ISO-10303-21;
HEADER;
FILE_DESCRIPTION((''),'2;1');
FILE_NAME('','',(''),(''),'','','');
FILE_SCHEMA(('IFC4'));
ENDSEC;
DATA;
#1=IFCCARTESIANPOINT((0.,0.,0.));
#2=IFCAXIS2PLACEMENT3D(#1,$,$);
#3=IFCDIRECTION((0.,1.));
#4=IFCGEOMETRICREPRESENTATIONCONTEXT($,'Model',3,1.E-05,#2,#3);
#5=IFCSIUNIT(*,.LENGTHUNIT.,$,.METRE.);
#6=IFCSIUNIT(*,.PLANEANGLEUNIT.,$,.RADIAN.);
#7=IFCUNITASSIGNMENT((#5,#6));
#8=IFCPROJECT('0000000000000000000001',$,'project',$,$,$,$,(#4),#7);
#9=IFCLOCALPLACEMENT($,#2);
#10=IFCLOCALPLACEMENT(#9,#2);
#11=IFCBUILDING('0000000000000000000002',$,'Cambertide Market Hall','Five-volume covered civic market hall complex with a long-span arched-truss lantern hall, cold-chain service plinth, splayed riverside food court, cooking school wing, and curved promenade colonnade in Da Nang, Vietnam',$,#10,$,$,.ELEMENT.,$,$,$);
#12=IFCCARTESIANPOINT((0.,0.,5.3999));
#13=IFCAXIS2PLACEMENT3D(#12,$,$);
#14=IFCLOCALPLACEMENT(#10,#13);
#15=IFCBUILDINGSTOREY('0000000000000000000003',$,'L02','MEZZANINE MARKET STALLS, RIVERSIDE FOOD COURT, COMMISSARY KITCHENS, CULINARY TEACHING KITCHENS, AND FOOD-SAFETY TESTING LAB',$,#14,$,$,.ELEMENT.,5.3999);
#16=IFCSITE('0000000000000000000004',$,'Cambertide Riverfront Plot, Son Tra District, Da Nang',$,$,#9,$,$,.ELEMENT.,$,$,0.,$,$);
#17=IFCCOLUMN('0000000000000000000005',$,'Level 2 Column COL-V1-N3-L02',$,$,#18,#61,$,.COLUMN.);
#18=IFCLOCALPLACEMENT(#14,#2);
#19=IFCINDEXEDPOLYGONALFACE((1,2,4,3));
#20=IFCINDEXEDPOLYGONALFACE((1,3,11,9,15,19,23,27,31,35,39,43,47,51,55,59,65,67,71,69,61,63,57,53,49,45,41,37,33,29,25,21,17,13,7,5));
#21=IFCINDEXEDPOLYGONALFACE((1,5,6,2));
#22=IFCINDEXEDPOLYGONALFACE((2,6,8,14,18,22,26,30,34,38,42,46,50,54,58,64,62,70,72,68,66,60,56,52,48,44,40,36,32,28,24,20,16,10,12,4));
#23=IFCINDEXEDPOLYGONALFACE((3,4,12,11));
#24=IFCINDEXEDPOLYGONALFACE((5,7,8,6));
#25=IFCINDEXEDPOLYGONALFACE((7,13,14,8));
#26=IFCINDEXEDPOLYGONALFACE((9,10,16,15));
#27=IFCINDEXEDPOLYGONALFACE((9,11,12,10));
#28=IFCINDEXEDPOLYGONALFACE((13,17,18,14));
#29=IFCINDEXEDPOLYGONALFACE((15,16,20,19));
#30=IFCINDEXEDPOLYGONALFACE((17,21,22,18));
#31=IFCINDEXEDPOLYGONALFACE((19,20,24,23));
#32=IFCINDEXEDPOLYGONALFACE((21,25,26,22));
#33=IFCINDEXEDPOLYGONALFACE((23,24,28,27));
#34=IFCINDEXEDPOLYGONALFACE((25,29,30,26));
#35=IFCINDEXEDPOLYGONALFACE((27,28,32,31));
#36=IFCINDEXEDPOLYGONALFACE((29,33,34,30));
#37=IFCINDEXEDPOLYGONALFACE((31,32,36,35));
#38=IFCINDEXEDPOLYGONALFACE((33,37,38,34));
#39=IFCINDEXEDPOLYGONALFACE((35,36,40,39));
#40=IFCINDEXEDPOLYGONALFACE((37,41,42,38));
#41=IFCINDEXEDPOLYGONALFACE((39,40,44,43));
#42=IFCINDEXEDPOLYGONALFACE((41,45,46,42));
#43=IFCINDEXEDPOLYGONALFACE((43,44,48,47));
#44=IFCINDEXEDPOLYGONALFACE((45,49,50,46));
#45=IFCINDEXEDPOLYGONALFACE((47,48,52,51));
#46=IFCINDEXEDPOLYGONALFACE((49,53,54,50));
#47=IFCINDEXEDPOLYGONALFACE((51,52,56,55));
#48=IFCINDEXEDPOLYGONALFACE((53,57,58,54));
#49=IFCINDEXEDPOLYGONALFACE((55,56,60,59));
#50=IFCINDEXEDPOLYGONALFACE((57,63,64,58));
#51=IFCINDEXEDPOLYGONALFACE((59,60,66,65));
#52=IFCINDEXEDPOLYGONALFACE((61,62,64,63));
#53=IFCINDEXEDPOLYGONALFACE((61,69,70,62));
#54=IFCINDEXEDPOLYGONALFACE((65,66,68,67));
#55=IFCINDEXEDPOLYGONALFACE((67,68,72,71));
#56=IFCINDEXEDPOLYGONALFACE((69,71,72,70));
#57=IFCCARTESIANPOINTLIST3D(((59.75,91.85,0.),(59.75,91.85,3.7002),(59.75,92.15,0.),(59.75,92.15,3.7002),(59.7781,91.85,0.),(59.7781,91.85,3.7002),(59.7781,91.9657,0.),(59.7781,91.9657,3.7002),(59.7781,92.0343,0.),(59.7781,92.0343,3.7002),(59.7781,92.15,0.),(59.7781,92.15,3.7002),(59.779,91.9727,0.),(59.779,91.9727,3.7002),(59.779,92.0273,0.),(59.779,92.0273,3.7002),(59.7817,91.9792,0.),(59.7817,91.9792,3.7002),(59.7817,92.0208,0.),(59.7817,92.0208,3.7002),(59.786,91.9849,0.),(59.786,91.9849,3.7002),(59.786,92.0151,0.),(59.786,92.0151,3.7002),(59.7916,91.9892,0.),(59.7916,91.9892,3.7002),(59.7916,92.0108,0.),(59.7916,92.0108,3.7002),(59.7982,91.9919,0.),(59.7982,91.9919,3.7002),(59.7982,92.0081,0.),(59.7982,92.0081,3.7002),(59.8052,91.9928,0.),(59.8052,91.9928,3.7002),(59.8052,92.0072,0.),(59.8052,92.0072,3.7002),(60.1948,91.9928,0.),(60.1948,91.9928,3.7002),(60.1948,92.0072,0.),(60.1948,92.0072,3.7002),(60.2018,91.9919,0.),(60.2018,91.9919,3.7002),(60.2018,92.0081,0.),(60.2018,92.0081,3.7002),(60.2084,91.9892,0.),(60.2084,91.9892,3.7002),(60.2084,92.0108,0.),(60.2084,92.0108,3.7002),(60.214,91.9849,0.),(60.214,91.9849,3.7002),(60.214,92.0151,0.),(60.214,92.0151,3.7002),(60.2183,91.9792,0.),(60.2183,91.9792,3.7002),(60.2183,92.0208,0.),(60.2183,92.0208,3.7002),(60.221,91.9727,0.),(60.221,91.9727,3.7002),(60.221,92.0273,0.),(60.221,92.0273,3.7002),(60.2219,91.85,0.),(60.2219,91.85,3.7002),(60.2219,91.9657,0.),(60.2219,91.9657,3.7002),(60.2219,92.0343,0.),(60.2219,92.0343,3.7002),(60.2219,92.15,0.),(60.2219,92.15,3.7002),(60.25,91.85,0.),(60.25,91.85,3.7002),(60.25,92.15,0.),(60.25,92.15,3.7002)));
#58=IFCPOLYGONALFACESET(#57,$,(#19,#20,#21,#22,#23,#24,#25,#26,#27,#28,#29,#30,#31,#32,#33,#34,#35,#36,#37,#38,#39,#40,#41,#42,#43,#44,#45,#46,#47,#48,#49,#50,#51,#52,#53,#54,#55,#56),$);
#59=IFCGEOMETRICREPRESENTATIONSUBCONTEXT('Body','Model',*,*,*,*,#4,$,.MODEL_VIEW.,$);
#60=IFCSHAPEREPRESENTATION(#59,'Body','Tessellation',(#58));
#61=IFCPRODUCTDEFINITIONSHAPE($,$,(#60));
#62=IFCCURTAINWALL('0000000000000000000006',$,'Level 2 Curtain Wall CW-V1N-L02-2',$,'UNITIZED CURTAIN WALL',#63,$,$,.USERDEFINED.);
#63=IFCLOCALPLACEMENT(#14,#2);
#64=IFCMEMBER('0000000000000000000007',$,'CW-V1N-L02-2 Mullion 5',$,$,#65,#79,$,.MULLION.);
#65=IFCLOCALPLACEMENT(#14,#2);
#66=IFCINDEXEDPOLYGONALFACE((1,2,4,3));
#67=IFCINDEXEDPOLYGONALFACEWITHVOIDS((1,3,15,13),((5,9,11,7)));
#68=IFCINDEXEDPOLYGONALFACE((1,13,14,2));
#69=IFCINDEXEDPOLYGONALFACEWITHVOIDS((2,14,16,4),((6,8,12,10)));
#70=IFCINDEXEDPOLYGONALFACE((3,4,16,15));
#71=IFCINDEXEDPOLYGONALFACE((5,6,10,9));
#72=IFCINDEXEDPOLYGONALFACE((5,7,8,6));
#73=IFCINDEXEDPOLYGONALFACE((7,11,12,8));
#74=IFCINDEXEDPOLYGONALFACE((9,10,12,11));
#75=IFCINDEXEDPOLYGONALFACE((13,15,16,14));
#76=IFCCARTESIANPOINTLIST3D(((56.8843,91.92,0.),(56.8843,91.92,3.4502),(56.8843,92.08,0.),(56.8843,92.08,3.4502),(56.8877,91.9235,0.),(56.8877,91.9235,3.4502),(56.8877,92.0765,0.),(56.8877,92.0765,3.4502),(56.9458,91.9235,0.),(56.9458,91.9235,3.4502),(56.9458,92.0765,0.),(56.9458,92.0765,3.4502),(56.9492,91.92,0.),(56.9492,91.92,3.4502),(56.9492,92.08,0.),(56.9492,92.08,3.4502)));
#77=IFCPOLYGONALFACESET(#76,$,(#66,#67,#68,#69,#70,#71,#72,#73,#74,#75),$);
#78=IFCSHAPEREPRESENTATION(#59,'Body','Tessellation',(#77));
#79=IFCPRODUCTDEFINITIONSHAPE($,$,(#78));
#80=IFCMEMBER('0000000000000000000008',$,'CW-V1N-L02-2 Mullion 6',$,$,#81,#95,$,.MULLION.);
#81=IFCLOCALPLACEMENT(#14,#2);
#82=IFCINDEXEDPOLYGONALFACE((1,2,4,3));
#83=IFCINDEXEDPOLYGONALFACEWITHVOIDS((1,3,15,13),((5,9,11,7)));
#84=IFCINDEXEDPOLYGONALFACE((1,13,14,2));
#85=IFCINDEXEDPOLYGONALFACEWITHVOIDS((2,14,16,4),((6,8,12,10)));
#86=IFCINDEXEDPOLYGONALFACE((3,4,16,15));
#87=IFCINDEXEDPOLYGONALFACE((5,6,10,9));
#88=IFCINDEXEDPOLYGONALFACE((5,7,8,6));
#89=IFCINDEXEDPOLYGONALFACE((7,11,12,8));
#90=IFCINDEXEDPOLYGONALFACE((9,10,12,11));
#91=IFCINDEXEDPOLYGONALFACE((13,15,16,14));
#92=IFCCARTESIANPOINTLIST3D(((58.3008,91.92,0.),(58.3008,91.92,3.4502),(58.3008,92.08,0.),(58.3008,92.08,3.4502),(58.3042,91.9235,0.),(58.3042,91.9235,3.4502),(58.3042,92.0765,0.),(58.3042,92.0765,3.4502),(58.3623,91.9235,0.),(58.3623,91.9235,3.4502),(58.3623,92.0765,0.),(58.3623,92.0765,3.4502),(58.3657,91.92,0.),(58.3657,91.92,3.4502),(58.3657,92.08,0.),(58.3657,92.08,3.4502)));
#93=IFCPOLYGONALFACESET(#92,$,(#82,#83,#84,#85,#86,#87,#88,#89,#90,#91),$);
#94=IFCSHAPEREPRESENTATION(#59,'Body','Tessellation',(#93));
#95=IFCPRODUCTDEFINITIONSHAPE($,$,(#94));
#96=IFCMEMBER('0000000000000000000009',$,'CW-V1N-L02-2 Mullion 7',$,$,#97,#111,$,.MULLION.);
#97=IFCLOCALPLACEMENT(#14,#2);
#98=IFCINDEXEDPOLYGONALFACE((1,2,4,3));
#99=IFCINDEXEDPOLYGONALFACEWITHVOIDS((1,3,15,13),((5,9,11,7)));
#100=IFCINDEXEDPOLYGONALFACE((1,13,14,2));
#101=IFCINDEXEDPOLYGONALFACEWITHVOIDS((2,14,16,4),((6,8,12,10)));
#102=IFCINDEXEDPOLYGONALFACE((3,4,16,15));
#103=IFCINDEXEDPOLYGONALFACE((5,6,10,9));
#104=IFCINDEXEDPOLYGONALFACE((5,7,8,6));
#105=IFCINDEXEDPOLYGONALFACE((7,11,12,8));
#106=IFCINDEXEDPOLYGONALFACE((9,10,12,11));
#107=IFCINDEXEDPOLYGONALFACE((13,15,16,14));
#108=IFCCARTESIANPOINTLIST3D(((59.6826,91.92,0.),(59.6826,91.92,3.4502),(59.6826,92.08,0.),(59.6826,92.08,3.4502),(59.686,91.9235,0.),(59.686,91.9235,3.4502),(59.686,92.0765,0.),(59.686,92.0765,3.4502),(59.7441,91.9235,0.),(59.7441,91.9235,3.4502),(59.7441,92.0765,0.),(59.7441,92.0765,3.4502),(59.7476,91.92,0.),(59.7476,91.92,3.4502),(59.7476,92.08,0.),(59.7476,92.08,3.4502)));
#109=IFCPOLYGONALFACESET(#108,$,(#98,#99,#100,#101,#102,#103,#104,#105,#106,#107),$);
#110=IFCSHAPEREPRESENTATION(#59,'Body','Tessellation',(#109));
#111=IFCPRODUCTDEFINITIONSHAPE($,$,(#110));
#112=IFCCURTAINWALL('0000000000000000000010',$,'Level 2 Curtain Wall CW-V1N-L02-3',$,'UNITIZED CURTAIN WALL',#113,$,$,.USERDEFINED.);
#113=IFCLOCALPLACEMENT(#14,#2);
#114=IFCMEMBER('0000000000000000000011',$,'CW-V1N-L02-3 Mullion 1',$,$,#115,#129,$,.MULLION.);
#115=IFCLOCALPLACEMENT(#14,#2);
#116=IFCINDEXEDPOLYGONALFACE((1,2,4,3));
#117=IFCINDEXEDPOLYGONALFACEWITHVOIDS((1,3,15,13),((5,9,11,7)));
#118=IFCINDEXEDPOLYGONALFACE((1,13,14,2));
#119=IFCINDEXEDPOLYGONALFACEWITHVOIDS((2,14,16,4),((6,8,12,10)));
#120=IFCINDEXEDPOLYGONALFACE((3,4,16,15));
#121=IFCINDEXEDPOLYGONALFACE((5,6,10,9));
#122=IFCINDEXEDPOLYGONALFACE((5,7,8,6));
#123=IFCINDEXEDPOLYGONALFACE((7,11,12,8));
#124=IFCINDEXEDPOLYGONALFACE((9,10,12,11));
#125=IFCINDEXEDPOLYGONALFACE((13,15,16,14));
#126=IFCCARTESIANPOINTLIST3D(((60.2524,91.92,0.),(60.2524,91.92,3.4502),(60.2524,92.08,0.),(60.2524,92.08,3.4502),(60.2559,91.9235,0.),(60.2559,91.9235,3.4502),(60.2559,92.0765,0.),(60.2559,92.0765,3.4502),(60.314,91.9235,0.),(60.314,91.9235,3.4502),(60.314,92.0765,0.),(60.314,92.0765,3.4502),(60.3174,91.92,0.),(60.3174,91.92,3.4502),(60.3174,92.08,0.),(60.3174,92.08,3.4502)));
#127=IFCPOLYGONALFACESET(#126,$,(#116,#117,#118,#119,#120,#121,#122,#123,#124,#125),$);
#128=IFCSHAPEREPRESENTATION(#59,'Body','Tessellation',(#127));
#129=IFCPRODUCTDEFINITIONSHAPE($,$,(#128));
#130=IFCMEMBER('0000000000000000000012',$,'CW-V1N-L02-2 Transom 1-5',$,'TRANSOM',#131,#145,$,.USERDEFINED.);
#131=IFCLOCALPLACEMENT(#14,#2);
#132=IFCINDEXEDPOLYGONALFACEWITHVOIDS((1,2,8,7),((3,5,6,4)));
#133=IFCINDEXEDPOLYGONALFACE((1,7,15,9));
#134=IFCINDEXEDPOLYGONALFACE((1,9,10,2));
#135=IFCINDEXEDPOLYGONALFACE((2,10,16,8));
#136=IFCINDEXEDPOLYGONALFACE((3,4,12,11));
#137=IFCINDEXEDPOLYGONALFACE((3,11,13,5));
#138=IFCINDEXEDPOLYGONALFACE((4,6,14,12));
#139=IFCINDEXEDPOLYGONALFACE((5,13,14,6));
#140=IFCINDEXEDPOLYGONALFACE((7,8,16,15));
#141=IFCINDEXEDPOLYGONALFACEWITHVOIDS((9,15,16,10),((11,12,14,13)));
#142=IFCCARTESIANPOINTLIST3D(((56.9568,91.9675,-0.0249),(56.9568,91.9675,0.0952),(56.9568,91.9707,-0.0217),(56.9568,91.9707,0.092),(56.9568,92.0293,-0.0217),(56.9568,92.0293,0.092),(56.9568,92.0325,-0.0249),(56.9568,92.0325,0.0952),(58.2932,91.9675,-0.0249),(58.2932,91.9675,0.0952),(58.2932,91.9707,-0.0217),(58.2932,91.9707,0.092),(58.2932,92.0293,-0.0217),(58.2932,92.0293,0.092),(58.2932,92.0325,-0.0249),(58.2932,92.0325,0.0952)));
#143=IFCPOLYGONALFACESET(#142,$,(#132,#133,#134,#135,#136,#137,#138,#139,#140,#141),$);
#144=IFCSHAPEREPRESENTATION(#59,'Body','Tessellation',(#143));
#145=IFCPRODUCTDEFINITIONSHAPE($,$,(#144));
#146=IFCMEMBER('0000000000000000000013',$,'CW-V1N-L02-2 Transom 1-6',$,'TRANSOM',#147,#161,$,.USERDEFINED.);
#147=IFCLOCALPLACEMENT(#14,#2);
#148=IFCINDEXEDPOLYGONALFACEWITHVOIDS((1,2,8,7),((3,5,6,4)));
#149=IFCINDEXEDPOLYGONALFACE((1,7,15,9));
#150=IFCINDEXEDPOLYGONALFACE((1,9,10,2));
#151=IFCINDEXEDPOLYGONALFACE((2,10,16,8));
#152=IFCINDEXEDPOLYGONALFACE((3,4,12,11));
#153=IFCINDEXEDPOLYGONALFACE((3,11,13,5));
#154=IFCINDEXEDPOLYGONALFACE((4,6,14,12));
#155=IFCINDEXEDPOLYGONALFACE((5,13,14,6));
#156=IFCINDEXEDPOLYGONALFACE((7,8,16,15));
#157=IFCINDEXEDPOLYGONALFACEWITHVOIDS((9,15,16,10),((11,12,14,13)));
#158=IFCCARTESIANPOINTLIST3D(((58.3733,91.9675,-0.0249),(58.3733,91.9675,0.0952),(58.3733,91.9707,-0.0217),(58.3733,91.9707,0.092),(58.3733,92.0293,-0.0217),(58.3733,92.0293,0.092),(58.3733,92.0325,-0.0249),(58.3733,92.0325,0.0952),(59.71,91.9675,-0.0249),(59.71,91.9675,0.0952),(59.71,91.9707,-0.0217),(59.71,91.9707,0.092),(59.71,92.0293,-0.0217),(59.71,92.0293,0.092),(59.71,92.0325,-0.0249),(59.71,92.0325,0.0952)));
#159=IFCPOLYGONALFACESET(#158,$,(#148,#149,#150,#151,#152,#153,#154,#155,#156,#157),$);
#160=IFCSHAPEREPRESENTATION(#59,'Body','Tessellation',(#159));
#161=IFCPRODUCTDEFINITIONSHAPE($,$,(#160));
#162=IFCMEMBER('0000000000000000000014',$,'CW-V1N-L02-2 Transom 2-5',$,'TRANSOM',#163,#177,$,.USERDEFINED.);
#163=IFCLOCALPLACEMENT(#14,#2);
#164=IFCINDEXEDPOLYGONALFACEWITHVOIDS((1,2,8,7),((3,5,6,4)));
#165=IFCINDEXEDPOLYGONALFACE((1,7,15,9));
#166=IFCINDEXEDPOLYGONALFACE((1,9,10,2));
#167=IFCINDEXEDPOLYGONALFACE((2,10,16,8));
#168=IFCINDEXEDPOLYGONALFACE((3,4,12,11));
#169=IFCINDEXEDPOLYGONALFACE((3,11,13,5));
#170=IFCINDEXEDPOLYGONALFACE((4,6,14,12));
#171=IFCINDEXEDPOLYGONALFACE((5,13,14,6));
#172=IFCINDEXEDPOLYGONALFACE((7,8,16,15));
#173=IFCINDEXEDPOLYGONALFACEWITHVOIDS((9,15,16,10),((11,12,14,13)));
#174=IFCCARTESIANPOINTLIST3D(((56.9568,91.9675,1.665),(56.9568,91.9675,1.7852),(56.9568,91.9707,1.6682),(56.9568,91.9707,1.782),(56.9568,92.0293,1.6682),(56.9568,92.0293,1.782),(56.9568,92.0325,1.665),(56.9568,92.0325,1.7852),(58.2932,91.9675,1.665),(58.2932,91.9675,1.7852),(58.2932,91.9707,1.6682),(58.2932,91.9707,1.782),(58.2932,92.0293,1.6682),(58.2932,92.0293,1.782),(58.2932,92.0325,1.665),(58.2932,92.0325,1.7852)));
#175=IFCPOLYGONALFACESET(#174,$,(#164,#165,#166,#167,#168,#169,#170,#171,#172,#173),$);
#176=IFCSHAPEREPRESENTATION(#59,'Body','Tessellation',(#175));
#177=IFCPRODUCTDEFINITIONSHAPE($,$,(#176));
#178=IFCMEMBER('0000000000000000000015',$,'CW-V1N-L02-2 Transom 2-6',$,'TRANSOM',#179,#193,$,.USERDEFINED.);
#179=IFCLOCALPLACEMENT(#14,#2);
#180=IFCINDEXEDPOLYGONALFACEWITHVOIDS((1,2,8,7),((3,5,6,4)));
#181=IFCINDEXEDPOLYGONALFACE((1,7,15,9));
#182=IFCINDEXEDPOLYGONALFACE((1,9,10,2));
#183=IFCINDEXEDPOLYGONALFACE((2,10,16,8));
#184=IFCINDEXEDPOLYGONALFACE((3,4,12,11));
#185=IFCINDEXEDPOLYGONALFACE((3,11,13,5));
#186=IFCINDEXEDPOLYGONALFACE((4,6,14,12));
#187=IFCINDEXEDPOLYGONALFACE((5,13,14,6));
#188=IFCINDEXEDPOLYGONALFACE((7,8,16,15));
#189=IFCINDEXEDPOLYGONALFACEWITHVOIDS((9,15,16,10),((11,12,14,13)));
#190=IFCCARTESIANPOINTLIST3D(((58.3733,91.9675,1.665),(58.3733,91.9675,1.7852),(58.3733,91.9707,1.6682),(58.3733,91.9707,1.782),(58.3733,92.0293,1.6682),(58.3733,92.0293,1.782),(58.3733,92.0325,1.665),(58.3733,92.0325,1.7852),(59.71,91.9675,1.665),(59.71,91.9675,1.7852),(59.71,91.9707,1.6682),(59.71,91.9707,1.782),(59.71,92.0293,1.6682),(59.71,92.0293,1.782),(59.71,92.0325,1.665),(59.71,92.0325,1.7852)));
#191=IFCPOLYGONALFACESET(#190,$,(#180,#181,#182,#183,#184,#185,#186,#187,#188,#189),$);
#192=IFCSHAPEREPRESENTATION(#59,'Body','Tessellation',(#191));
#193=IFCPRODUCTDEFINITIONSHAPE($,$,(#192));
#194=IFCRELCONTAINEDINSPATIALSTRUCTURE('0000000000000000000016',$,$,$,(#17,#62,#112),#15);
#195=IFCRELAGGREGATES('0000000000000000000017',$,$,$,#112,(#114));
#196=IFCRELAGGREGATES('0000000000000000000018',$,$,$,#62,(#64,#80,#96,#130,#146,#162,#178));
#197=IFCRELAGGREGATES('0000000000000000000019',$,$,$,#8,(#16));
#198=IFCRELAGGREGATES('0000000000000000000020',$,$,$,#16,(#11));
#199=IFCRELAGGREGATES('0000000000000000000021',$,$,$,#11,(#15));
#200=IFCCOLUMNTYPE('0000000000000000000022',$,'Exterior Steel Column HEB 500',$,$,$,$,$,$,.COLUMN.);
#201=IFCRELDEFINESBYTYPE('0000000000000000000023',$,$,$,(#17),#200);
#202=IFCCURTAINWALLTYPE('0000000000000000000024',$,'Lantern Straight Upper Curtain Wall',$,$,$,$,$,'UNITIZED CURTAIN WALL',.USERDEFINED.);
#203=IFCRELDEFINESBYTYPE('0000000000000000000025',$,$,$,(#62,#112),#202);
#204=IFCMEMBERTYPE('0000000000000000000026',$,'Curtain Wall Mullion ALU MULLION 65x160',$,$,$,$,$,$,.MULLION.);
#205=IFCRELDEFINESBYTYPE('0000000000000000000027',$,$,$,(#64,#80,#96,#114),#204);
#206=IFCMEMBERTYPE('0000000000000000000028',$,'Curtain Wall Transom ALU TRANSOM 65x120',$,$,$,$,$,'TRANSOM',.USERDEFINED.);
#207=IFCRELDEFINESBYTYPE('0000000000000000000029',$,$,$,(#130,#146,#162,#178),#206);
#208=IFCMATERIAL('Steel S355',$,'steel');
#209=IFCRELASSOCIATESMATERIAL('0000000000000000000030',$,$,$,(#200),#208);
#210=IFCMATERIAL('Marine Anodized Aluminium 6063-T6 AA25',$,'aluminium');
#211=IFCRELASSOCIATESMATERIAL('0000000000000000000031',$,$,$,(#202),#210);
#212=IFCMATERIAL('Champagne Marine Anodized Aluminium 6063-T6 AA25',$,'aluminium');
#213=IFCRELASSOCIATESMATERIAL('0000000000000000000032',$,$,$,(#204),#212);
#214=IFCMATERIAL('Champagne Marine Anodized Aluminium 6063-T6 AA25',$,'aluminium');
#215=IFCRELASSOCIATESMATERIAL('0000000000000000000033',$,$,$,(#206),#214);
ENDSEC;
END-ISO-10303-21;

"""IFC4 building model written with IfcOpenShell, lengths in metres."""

from ifc_helpers import new_model, si_unit, direction, frame, origin, origin_2d, place, context, subcontext, project, spatial, hollow_rectangle, i_section, extrude, material, material_profile, profile_set, type_object, element, aggregate, save


model = new_model("IFC4")

# Units and contexts
model_context = context("Model", 3, precision=1e-05, world=origin(), true_north=direction((0.0, 1.0)))
body_context = subcontext(model_context, "Body", "Model", "MODEL_VIEW")
ifc_project = project(units=[si_unit("LENGTHUNIT", "METRE"), si_unit("PLANEANGLEUNIT", "RADIAN")], contexts=[model_context])

# Site, building, storey
site_placement = place(None, origin())
site = spatial("IfcSite", under=ifc_project, at=site_placement, Name="Cambertide Riverfront Plot, Son Tra District, Da Nang", CompositionType="ELEMENT", RefElevation=0.0)
building_placement = place(site_placement, origin())
building = spatial("IfcBuilding", under=site, at=building_placement, Name="Cambertide Market Hall", Description="Five-volume covered civic market hall complex with a long-span arched-truss lantern hall, cold-chain service plinth, splayed riverside food court, cooking school wing, and curved promenade colonnade in Da Nang, Vietnam", CompositionType="ELEMENT")
storey_placement = place(building_placement, frame((0.0, 0.0, 5.3999)))
storey = spatial("IfcBuildingStorey", under=building, at=storey_placement, Name="L02", Description="MEZZANINE MARKET STALLS, RIVERSIDE FOOD COURT, COMMISSARY KITCHENS, CULINARY TEACHING KITCHENS, AND FOOD-SAFETY TESTING LAB", CompositionType="ELEMENT", Elevation=5.3999)

# Column
ifc_material_1 = material(Name="Steel S355", Category="steel")
ifc_material_profile_1 = material_profile(ifc_material_1, i_section(OverallWidth=0.3, OverallDepth=0.5, WebThickness=0.0144, FlangeThickness=0.0281, FilletRadius=0.0271, at=origin_2d()), Name="HEB 500")
ifc_profile_set_1 = profile_set([ifc_material_profile_1], Name="Steel S355")
column_type = type_object("IfcColumnType", Name="Exterior Steel Column HEB 500", PredefinedType="COLUMN", material=ifc_profile_set_1)
column_placement = place(storey_placement, frame((60.0, 92.0, 0.0), z_axis=(0.0, 0.0, 1.0), x_axis=(0.0, 1.0, 0.0)))
element("IfcColumn", 1, at=column_placement, inside=storey, type_object=column_type, Name="Level 2 Column COL-V1-N3-L02", PredefinedType="COLUMN", context=body_context, shape_type="SweptSolid", body=[
    extrude(i_section(OverallWidth=0.3, OverallDepth=0.5, WebThickness=0.0144, FlangeThickness=0.0281, FilletRadius=0.0271, at=origin_2d()), origin(), (0.0, 0.0, 1.0), 3.7002),
])

# Curtain wall, members
ifc_material_2 = material(Name="Marine Anodized Aluminium 6063-T6 AA25", Category="aluminium")
curtain_wall_type = type_object("IfcCurtainWallType", Name="Lantern Straight Upper Curtain Wall", ElementType="UNITIZED CURTAIN WALL", PredefinedType="USERDEFINED", material=ifc_material_2)
curtain_wall_1_placement = place(storey_placement, origin())
curtain_wall_1 = element("IfcCurtainWall", 2, at=curtain_wall_1_placement, inside=storey, type_object=curtain_wall_type, Name="Level 2 Curtain Wall CW-V1N-L02-2", ObjectType="UNITIZED CURTAIN WALL", PredefinedType="USERDEFINED")
ifc_material_3 = material(Name="Champagne Marine Anodized Aluminium 6063-T6 AA25", Category="aluminium")
ifc_material_profile_2 = material_profile(ifc_material_3, hollow_rectangle(XDim=0.0649, YDim=0.1599, WallThickness=0.0034, at=origin_2d()), Name="ALU MULLION 65x160")
ifc_profile_set_2 = profile_set([ifc_material_profile_2], Name="Champagne Marine Anodized Aluminium 6063-T6 AA25")
member_type_1 = type_object("IfcMemberType", Name="Curtain Wall Mullion ALU MULLION 65x160", PredefinedType="MULLION", material=ifc_profile_set_2)
member_1_placement = place(storey_placement, frame((56.9167, 92.0, 0.0), z_axis=(0.0, 0.0, 1.0), x_axis=(1.0, 0.0, 0.0)))
member_1 = element("IfcMember", 3, at=member_1_placement, type_object=member_type_1, Name="CW-V1N-L02-2 Mullion 5", PredefinedType="MULLION", context=body_context, shape_type="SweptSolid", body=[
    extrude(hollow_rectangle(XDim=0.0649, YDim=0.1599, WallThickness=0.0034, at=origin_2d()), origin(), (0.0, 0.0, 1.0), 3.4502),
])
member_2_placement = place(storey_placement, frame((58.3333, 92.0, 0.0), z_axis=(0.0, 0.0, 1.0), x_axis=(1.0, 0.0, 0.0)))
member_2 = element("IfcMember", 4, at=member_2_placement, type_object=member_type_1, Name="CW-V1N-L02-2 Mullion 6", PredefinedType="MULLION", context=body_context, shape_type="SweptSolid", body=[
    extrude(hollow_rectangle(XDim=0.0649, YDim=0.1599, WallThickness=0.0034, at=origin_2d()), origin(), (0.0, 0.0, 1.0), 3.4502),
])
member_3_placement = place(storey_placement, frame((59.7151, 92.0, 0.0), z_axis=(0.0, 0.0, 1.0), x_axis=(1.0, 0.0, 0.0)))
member_3 = element("IfcMember", 5, at=member_3_placement, type_object=member_type_1, Name="CW-V1N-L02-2 Mullion 7", PredefinedType="MULLION", context=body_context, shape_type="SweptSolid", body=[
    extrude(hollow_rectangle(XDim=0.0649, YDim=0.1599, WallThickness=0.0034, at=origin_2d()), origin(), (0.0, 0.0, 1.0), 3.4502),
])

# Curtain wall, member
curtain_wall_2_placement = place(storey_placement, origin())
curtain_wall_2 = element("IfcCurtainWall", 6, at=curtain_wall_2_placement, inside=storey, type_object=curtain_wall_type, Name="Level 2 Curtain Wall CW-V1N-L02-3", ObjectType="UNITIZED CURTAIN WALL", PredefinedType="USERDEFINED")
member_4_placement = place(storey_placement, frame((60.2849, 92.0, 0.0), z_axis=(0.0, 0.0, 1.0), x_axis=(1.0, 0.0, 0.0)))
member_4 = element("IfcMember", 7, at=member_4_placement, type_object=member_type_1, Name="CW-V1N-L02-3 Mullion 1", PredefinedType="MULLION", context=body_context, shape_type="SweptSolid", body=[
    extrude(hollow_rectangle(XDim=0.0649, YDim=0.1599, WallThickness=0.0034, at=origin_2d()), origin(), (0.0, 0.0, 1.0), 3.4502),
])

# Members
ifc_material_4 = material(Name="Champagne Marine Anodized Aluminium 6063-T6 AA25", Category="aluminium")
ifc_material_profile_3 = material_profile(ifc_material_4, hollow_rectangle(XDim=0.0649, YDim=0.1201, WallThickness=0.0032, at=origin_2d()), Name="ALU TRANSOM 65x120")
ifc_profile_set_3 = profile_set([ifc_material_profile_3], Name="Champagne Marine Anodized Aluminium 6063-T6 AA25")
member_type_2 = type_object("IfcMemberType", Name="Curtain Wall Transom ALU TRANSOM 65x120", ElementType="TRANSOM", PredefinedType="USERDEFINED", material=ifc_profile_set_3)
member_5_placement = place(storey_placement, frame((56.9568, 92.0, 0.0352), z_axis=(1.0, 0.0, 0.0), x_axis=(0.0, 1.0, 0.0)))
member_5 = element("IfcMember", 8, at=member_5_placement, type_object=member_type_2, Name="CW-V1N-L02-2 Transom 1-5", ObjectType="TRANSOM", PredefinedType="USERDEFINED", context=body_context, shape_type="SweptSolid", body=[
    extrude(hollow_rectangle(XDim=0.0649, YDim=0.1201, WallThickness=0.0032, at=origin_2d()), origin(), (0.0, 0.0, 1.0), 1.3364),
])
member_6_placement = place(storey_placement, frame((58.3733, 92.0, 0.0352), z_axis=(1.0, 0.0, 0.0), x_axis=(0.0, 1.0, 0.0)))
member_6 = element("IfcMember", 9, at=member_6_placement, type_object=member_type_2, Name="CW-V1N-L02-2 Transom 1-6", ObjectType="TRANSOM", PredefinedType="USERDEFINED", context=body_context, shape_type="SweptSolid", body=[
    extrude(hollow_rectangle(XDim=0.0649, YDim=0.1201, WallThickness=0.0032, at=origin_2d()), origin(), (0.0, 0.0, 1.0), 1.3367),
])
member_7_placement = place(storey_placement, frame((56.9568, 92.0, 1.7251), z_axis=(1.0, 0.0, 0.0), x_axis=(0.0, 1.0, 0.0)))
member_7 = element("IfcMember", 10, at=member_7_placement, type_object=member_type_2, Name="CW-V1N-L02-2 Transom 2-5", ObjectType="TRANSOM", PredefinedType="USERDEFINED", context=body_context, shape_type="SweptSolid", body=[
    extrude(hollow_rectangle(XDim=0.0649, YDim=0.1201, WallThickness=0.0032, at=origin_2d()), origin(), (0.0, 0.0, 1.0), 1.3364),
])
member_8_placement = place(storey_placement, frame((58.3733, 92.0, 1.7251), z_axis=(1.0, 0.0, 0.0), x_axis=(0.0, 1.0, 0.0)))
member_8 = element("IfcMember", 11, at=member_8_placement, type_object=member_type_2, Name="CW-V1N-L02-2 Transom 2-6", ObjectType="TRANSOM", PredefinedType="USERDEFINED", context=body_context, shape_type="SweptSolid", body=[
    extrude(hollow_rectangle(XDim=0.0649, YDim=0.1201, WallThickness=0.0032, at=origin_2d()), origin(), (0.0, 0.0, 1.0), 1.3367),
])
aggregate(curtain_wall_2, [member_4])

aggregate(curtain_wall_1, [member_1, member_2, member_3, member_5, member_6, member_7, member_8])

save(model, "model.ifc")
